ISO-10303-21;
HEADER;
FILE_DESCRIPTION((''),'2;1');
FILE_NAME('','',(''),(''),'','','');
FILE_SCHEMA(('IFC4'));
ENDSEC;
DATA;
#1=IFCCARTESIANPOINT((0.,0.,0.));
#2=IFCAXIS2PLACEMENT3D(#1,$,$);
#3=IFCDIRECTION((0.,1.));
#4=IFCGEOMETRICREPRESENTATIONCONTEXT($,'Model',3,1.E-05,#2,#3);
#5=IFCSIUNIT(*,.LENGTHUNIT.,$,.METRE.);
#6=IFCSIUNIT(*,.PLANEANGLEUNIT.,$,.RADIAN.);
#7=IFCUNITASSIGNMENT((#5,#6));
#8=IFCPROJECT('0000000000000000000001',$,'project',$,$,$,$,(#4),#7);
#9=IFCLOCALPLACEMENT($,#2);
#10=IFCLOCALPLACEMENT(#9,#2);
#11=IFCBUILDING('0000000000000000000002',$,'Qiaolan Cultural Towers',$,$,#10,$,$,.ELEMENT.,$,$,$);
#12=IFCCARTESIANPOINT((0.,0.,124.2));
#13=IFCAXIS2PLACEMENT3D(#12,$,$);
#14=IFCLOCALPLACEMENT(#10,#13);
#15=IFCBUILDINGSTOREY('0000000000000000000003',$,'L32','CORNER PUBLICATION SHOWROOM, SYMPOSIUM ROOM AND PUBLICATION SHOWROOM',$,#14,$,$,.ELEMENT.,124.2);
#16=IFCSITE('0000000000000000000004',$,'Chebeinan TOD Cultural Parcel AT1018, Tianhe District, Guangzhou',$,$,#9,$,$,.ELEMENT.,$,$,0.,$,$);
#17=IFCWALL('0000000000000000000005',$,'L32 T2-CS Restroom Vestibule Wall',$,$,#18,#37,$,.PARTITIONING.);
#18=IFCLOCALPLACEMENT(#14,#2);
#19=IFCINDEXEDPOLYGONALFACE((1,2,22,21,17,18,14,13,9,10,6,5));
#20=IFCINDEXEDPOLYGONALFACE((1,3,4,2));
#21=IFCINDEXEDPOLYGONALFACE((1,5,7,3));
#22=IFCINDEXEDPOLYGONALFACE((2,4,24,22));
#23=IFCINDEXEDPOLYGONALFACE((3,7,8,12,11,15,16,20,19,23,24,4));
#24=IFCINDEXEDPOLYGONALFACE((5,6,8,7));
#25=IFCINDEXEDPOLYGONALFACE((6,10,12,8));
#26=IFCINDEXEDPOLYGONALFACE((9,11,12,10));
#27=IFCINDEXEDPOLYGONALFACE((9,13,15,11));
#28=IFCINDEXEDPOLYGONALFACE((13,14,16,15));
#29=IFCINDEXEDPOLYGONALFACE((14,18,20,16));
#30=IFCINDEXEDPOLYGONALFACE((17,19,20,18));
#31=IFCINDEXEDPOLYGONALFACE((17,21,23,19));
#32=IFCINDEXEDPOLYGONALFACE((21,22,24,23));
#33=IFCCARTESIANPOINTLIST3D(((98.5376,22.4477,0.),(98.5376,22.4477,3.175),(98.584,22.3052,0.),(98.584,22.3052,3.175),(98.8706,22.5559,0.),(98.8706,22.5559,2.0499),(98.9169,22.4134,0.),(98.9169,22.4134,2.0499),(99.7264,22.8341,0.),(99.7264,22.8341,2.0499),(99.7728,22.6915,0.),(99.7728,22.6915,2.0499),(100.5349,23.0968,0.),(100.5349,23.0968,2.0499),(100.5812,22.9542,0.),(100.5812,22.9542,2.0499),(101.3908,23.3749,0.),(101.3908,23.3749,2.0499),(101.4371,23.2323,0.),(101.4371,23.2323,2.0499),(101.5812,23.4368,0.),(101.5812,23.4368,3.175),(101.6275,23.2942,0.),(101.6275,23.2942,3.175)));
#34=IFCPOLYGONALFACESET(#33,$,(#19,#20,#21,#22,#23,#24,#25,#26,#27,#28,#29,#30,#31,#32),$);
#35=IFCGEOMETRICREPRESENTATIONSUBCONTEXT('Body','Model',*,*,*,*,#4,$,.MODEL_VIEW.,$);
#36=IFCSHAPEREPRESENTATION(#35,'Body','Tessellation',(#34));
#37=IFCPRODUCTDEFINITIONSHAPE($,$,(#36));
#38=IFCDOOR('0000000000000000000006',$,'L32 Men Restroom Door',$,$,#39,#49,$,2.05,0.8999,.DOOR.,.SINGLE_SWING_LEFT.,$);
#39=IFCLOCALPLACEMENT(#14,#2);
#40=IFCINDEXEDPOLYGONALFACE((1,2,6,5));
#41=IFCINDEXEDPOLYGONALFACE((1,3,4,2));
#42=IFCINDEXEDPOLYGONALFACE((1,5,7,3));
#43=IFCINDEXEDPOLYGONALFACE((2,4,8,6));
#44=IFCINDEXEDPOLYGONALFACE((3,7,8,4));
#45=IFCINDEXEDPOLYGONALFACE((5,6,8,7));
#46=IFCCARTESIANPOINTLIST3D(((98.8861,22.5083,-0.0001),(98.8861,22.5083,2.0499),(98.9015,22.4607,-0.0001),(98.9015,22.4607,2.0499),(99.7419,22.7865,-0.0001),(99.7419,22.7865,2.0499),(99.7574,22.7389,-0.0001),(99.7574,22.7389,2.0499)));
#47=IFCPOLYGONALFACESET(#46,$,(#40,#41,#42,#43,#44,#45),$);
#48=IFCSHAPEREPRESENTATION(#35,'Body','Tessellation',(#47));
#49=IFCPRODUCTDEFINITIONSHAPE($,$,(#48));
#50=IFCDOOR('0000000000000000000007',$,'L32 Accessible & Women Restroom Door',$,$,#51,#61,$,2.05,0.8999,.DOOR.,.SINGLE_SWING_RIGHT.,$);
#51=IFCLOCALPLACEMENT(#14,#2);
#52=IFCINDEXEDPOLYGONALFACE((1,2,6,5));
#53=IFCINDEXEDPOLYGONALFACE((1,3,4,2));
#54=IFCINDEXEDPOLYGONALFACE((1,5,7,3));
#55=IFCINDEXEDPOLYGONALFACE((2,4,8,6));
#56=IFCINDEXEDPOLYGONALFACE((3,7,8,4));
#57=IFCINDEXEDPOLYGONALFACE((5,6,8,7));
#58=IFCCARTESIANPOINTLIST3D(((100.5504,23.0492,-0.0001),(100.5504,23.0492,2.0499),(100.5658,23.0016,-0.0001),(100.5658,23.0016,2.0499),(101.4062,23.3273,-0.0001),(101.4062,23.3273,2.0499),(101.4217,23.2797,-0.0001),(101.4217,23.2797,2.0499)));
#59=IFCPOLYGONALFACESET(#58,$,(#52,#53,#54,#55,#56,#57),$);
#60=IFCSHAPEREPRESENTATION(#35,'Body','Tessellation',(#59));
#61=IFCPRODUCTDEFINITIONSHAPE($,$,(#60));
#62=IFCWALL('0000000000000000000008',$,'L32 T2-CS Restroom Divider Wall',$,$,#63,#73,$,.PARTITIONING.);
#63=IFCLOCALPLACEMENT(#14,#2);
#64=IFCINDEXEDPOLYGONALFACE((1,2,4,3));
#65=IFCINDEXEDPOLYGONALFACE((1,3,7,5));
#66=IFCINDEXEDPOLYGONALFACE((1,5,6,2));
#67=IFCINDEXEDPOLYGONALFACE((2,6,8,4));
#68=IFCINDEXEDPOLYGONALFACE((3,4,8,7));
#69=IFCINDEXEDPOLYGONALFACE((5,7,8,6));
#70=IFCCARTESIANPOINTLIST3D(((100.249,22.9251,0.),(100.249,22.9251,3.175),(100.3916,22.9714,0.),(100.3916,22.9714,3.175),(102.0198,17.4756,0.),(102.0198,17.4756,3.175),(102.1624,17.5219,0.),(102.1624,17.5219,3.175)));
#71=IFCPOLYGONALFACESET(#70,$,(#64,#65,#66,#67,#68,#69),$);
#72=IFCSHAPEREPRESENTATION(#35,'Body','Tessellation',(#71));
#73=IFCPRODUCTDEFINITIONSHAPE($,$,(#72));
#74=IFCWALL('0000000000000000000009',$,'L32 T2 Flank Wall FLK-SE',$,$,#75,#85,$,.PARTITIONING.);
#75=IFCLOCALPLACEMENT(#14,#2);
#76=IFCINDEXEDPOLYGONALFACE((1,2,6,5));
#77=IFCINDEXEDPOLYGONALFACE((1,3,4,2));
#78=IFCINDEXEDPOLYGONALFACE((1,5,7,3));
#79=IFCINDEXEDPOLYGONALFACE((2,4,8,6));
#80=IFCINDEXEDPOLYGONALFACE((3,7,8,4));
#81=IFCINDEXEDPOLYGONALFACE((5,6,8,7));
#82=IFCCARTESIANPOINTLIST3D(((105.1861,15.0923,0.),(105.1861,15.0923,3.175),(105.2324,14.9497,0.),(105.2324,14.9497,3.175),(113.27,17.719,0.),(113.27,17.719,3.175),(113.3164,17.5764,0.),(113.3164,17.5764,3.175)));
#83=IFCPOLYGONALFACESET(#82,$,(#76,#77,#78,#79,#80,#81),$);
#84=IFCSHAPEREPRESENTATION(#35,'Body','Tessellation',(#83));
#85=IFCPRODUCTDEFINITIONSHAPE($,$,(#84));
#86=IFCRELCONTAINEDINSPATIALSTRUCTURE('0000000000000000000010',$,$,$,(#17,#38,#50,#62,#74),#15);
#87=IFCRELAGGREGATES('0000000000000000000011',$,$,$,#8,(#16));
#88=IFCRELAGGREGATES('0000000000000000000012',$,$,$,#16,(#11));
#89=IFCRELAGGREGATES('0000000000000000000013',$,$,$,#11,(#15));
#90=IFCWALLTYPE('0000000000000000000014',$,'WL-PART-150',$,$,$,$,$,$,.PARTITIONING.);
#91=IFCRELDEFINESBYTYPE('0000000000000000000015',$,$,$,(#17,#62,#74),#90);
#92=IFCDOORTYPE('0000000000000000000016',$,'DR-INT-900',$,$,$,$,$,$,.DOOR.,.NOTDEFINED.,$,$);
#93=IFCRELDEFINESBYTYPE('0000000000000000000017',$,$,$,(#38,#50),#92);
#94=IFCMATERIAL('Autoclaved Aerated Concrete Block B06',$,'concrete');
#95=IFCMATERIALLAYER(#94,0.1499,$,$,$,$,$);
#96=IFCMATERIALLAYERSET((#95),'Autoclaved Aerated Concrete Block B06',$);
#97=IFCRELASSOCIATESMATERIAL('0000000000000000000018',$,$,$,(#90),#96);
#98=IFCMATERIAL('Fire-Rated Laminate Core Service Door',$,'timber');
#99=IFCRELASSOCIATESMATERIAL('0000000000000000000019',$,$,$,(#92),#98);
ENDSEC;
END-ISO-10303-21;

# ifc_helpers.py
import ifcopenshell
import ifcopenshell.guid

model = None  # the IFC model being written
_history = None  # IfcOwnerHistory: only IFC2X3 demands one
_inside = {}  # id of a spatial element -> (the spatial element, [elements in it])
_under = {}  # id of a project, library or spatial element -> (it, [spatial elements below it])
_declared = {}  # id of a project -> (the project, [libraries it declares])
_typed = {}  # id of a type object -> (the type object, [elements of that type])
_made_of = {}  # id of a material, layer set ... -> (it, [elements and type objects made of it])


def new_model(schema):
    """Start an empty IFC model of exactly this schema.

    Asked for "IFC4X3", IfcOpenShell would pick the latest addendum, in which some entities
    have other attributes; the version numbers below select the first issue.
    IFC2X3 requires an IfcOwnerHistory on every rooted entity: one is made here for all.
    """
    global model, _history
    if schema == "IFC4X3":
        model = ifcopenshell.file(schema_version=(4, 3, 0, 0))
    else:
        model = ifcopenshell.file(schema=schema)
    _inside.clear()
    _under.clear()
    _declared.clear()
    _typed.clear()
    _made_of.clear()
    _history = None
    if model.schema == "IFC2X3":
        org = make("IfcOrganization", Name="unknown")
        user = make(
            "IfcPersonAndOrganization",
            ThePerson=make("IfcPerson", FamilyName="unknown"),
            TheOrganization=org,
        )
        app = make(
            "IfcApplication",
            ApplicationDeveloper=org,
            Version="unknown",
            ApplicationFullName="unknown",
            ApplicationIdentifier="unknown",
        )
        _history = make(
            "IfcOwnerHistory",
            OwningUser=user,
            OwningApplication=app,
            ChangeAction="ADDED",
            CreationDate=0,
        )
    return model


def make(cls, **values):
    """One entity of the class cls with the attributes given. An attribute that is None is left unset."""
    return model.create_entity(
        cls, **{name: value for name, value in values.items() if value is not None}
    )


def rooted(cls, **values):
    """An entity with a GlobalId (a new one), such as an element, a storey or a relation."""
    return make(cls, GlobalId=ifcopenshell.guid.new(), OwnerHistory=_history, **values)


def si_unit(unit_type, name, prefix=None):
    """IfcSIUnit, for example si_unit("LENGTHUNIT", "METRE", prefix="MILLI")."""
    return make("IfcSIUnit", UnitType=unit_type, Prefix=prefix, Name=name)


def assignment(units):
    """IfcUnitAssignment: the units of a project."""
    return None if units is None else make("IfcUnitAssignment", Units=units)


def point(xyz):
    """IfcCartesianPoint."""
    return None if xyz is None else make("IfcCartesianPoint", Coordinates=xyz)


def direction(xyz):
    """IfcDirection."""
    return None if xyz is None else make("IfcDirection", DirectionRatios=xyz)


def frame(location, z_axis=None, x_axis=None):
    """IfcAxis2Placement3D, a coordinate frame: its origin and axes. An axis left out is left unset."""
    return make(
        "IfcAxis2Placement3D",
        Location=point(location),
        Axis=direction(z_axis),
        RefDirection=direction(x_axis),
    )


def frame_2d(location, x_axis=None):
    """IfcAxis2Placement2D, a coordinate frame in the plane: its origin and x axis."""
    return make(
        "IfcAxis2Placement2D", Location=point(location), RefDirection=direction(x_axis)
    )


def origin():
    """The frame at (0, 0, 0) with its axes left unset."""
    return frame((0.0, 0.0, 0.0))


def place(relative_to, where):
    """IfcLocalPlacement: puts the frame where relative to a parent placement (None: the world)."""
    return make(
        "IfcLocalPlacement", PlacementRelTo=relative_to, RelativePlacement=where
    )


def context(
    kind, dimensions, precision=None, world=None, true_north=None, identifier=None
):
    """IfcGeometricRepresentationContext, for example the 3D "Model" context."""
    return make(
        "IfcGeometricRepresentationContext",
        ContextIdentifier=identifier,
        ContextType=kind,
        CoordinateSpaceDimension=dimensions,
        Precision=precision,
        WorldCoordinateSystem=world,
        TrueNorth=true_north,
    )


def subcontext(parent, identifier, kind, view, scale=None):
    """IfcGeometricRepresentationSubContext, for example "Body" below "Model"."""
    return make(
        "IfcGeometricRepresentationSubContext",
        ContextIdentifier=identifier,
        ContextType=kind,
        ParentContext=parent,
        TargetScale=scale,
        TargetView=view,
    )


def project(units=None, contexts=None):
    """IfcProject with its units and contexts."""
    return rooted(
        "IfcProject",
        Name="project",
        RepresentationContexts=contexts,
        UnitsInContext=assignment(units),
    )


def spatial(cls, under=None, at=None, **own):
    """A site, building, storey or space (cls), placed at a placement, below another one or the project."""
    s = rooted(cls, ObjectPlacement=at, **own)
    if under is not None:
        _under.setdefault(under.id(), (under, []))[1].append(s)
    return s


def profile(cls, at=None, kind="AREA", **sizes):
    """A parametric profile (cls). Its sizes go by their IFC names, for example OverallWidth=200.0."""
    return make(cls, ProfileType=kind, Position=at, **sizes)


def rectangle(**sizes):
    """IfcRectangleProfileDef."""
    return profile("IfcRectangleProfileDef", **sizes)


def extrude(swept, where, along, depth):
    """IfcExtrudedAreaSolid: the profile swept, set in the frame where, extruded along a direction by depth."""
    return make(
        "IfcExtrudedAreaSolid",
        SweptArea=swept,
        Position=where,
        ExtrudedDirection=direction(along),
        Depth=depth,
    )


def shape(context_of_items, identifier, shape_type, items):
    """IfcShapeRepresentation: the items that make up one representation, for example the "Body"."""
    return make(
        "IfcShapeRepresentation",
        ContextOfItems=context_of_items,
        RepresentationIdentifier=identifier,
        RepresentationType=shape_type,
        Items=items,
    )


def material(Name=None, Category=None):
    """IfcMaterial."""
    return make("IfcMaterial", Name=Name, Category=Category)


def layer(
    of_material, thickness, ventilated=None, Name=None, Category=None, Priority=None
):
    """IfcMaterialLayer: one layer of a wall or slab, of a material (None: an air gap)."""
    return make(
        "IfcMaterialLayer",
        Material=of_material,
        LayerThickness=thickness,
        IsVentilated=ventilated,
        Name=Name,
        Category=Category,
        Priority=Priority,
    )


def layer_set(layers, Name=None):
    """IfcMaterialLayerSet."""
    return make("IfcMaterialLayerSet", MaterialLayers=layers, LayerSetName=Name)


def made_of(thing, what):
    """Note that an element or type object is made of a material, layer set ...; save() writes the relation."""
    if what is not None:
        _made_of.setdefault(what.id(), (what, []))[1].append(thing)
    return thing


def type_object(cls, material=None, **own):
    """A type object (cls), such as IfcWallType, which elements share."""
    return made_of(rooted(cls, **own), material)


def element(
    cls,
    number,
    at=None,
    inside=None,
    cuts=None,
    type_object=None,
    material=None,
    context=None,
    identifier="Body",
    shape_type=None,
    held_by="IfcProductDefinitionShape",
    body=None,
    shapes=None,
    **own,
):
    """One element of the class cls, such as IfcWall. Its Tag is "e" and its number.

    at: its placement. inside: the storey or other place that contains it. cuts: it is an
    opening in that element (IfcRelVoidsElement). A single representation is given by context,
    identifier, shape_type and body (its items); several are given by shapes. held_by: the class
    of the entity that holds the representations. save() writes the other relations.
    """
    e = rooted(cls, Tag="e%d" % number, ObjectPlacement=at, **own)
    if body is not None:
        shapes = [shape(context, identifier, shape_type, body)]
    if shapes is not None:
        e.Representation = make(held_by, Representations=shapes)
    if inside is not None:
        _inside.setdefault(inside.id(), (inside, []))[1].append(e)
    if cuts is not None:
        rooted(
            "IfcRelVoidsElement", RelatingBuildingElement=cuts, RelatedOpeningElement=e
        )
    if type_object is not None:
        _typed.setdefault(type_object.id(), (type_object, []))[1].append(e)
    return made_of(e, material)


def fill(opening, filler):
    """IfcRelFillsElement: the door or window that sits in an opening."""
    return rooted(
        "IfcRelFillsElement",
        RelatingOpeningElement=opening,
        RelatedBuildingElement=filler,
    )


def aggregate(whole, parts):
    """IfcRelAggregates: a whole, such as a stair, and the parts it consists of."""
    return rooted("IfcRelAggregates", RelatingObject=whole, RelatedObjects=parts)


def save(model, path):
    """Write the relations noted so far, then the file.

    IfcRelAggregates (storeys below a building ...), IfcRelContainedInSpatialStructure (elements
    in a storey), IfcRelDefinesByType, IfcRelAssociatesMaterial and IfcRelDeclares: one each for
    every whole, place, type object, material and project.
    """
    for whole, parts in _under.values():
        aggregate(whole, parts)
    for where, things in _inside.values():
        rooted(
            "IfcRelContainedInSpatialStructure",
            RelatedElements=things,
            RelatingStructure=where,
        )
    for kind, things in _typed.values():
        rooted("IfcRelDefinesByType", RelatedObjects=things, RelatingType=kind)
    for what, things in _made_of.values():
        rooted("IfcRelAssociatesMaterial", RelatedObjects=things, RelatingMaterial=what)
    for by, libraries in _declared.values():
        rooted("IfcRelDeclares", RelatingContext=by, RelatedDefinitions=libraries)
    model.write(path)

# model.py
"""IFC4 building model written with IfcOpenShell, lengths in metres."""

from ifc_helpers import new_model, si_unit, direction, frame, frame_2d, origin, place, context, subcontext, project, spatial, rectangle, extrude, material, layer, layer_set, type_object, element, fill, save


model = new_model("IFC4")

# Units and contexts
model_context = context("Model", 3, precision=1e-05, world=origin(), true_north=direction((0.0, 1.0)))
body_context = subcontext(model_context, "Body", "Model", "MODEL_VIEW")
ifc_project = project(units=[si_unit("LENGTHUNIT", "METRE"), si_unit("PLANEANGLEUNIT", "RADIAN")], contexts=[model_context])

# Site, building, storey
site_placement = place(None, origin())
site = spatial("IfcSite", under=ifc_project, at=site_placement, Name="Chebeinan TOD Cultural Parcel AT1018, Tianhe District, Guangzhou", CompositionType="ELEMENT", RefElevation=0.0)
building_placement = place(site_placement, origin())
building = spatial("IfcBuilding", under=site, at=building_placement, Name="Qiaolan Cultural Towers", CompositionType="ELEMENT")
storey_placement = place(building_placement, frame((0.0, 0.0, 124.2)))
storey = spatial("IfcBuildingStorey", under=building, at=storey_placement, Name="L32", Description="CORNER PUBLICATION SHOWROOM, SYMPOSIUM ROOM AND PUBLICATION SHOWROOM", CompositionType="ELEMENT", Elevation=124.2)

# Shared definitions
ifc_material_1 = material(Name="Autoclaved Aerated Concrete Block B06", Category="concrete")
ifc_layer_1 = layer(ifc_material_1, 0.1499)
ifc_layer_set_1 = layer_set([ifc_layer_1], Name="Autoclaved Aerated Concrete Block B06")
wall_type_1 = type_object("IfcWallType", Name="WL-PART-150", PredefinedType="PARTITIONING", material=ifc_layer_set_1)

# Wall, openings, doors
wall_1_placement = place(storey_placement, frame((98.5608, 22.3765, 0.0), z_axis=(0.0, 0.0, 1.0), x_axis=(0.951044, 0.309055, 0.0)))
wall_1 = element("IfcWall", 1, at=wall_1_placement, inside=storey, type_object=wall_type_1, Name="L32 T2-CS Restroom Vestibule Wall", PredefinedType="PARTITIONING", context=body_context, shape_type="SweptSolid", body=[
    extrude(rectangle(XDim=3.2002, YDim=0.1499, at=frame_2d((1.6001, 0.0))), origin(), (0.0, 0.0, 1.0), 3.175),
])
opening_1_placement = place(wall_1_placement, frame((0.3501, 0.0, 0.0)))
opening_1 = element("IfcOpeningElement", 2, at=opening_1_placement, cuts=wall_1, PredefinedType="OPENING", context=body_context, shape_type="SweptSolid", body=[
    extrude(rectangle(XDim=0.8999, YDim=2.05, at=frame_2d((0.45, 1.0249))), frame((0.0, 0.085, 0.0), z_axis=(0.0, -1.0, 0.0), x_axis=(1.0, 0.0, 0.0)), (0.0, 0.0, 1.0), 0.1699),
])
opening_2_placement = place(wall_1_placement, frame((2.1001, 0.0, 0.0)))
opening_2 = element("IfcOpeningElement", 3, at=opening_2_placement, cuts=wall_1, PredefinedType="OPENING", context=body_context, shape_type="SweptSolid", body=[
    extrude(rectangle(XDim=0.8999, YDim=2.05, at=frame_2d((0.45, 1.0249))), frame((0.0, 0.085, 0.0), z_axis=(0.0, -1.0, 0.0), x_axis=(1.0, 0.0, 0.0)), (0.0, 0.0, 1.0), 0.1699),
])
ifc_material_2 = material(Name="Fire-Rated Laminate Core Service Door", Category="timber")
door_type_1 = type_object("IfcDoorType", Name="DR-INT-900", OperationType="NOTDEFINED", PredefinedType="DOOR", material=ifc_material_2)
door_1_placement = place(opening_1_placement, origin())
door_1 = element("IfcDoor", 4, at=door_1_placement, inside=storey, type_object=door_type_1, Name="L32 Men Restroom Door", OperationType="SINGLE_SWING_LEFT", OverallHeight=2.05, OverallWidth=0.8999, PredefinedType="DOOR", context=body_context, shape_type="SweptSolid", body=[
    extrude(rectangle(XDim=0.8999, YDim=2.05, at=frame_2d((0.45, 1.0249))), frame((0.0, 0.0249, 0.0), z_axis=(0.0, -1.0, 0.0), x_axis=(1.0, 0.0, 0.0)), (0.0, 0.0, 1.0), 0.05),
])
fill(opening_1, door_1)
door_2_placement = place(opening_2_placement, origin())
door_2 = element("IfcDoor", 5, at=door_2_placement, inside=storey, type_object=door_type_1, Name="L32 Accessible & Women Restroom Door", OperationType="SINGLE_SWING_RIGHT", OverallHeight=2.05, OverallWidth=0.8999, PredefinedType="DOOR", context=body_context, shape_type="SweptSolid", body=[
    extrude(rectangle(XDim=0.8999, YDim=2.05, at=frame_2d((0.45, 1.0249))), frame((0.0, 0.0249, 0.0), z_axis=(0.0, -1.0, 0.0), x_axis=(1.0, 0.0, 0.0)), (0.0, 0.0, 1.0), 0.05),
])
fill(opening_2, door_2)

# Walls
wall_2_placement = place(storey_placement, frame((100.3203, 22.9482, 0.0), z_axis=(0.0, 0.0, 1.0), x_axis=(0.309035, -0.951051, 0.0)))
element("IfcWall", 6, at=wall_2_placement, inside=storey, type_object=wall_type_1, Name="L32 T2-CS Restroom Divider Wall", PredefinedType="PARTITIONING", context=body_context, shape_type="SweptSolid", body=[
    extrude(rectangle(XDim=5.73, YDim=0.1499, at=frame_2d((2.865, 0.0))), origin(), (0.0, 0.0, 1.0), 3.175),
])
wall_3_placement = place(storey_placement, frame((105.2092, 15.021, 0.0), z_axis=(0.0, 0.0, 1.0), x_axis=(0.951054, 0.309024, 0.0)))
element("IfcWall", 7, at=wall_3_placement, inside=storey, type_object=wall_type_1, Name="L32 T2 Flank Wall FLK-SE", PredefinedType="PARTITIONING", context=body_context, shape_type="SweptSolid", body=[
    extrude(rectangle(XDim=8.5, YDim=0.1499, at=frame_2d((4.25, 0.0))), origin(), (0.0, 0.0, 1.0), 3.175),
])

save(model, "model.ifc")
